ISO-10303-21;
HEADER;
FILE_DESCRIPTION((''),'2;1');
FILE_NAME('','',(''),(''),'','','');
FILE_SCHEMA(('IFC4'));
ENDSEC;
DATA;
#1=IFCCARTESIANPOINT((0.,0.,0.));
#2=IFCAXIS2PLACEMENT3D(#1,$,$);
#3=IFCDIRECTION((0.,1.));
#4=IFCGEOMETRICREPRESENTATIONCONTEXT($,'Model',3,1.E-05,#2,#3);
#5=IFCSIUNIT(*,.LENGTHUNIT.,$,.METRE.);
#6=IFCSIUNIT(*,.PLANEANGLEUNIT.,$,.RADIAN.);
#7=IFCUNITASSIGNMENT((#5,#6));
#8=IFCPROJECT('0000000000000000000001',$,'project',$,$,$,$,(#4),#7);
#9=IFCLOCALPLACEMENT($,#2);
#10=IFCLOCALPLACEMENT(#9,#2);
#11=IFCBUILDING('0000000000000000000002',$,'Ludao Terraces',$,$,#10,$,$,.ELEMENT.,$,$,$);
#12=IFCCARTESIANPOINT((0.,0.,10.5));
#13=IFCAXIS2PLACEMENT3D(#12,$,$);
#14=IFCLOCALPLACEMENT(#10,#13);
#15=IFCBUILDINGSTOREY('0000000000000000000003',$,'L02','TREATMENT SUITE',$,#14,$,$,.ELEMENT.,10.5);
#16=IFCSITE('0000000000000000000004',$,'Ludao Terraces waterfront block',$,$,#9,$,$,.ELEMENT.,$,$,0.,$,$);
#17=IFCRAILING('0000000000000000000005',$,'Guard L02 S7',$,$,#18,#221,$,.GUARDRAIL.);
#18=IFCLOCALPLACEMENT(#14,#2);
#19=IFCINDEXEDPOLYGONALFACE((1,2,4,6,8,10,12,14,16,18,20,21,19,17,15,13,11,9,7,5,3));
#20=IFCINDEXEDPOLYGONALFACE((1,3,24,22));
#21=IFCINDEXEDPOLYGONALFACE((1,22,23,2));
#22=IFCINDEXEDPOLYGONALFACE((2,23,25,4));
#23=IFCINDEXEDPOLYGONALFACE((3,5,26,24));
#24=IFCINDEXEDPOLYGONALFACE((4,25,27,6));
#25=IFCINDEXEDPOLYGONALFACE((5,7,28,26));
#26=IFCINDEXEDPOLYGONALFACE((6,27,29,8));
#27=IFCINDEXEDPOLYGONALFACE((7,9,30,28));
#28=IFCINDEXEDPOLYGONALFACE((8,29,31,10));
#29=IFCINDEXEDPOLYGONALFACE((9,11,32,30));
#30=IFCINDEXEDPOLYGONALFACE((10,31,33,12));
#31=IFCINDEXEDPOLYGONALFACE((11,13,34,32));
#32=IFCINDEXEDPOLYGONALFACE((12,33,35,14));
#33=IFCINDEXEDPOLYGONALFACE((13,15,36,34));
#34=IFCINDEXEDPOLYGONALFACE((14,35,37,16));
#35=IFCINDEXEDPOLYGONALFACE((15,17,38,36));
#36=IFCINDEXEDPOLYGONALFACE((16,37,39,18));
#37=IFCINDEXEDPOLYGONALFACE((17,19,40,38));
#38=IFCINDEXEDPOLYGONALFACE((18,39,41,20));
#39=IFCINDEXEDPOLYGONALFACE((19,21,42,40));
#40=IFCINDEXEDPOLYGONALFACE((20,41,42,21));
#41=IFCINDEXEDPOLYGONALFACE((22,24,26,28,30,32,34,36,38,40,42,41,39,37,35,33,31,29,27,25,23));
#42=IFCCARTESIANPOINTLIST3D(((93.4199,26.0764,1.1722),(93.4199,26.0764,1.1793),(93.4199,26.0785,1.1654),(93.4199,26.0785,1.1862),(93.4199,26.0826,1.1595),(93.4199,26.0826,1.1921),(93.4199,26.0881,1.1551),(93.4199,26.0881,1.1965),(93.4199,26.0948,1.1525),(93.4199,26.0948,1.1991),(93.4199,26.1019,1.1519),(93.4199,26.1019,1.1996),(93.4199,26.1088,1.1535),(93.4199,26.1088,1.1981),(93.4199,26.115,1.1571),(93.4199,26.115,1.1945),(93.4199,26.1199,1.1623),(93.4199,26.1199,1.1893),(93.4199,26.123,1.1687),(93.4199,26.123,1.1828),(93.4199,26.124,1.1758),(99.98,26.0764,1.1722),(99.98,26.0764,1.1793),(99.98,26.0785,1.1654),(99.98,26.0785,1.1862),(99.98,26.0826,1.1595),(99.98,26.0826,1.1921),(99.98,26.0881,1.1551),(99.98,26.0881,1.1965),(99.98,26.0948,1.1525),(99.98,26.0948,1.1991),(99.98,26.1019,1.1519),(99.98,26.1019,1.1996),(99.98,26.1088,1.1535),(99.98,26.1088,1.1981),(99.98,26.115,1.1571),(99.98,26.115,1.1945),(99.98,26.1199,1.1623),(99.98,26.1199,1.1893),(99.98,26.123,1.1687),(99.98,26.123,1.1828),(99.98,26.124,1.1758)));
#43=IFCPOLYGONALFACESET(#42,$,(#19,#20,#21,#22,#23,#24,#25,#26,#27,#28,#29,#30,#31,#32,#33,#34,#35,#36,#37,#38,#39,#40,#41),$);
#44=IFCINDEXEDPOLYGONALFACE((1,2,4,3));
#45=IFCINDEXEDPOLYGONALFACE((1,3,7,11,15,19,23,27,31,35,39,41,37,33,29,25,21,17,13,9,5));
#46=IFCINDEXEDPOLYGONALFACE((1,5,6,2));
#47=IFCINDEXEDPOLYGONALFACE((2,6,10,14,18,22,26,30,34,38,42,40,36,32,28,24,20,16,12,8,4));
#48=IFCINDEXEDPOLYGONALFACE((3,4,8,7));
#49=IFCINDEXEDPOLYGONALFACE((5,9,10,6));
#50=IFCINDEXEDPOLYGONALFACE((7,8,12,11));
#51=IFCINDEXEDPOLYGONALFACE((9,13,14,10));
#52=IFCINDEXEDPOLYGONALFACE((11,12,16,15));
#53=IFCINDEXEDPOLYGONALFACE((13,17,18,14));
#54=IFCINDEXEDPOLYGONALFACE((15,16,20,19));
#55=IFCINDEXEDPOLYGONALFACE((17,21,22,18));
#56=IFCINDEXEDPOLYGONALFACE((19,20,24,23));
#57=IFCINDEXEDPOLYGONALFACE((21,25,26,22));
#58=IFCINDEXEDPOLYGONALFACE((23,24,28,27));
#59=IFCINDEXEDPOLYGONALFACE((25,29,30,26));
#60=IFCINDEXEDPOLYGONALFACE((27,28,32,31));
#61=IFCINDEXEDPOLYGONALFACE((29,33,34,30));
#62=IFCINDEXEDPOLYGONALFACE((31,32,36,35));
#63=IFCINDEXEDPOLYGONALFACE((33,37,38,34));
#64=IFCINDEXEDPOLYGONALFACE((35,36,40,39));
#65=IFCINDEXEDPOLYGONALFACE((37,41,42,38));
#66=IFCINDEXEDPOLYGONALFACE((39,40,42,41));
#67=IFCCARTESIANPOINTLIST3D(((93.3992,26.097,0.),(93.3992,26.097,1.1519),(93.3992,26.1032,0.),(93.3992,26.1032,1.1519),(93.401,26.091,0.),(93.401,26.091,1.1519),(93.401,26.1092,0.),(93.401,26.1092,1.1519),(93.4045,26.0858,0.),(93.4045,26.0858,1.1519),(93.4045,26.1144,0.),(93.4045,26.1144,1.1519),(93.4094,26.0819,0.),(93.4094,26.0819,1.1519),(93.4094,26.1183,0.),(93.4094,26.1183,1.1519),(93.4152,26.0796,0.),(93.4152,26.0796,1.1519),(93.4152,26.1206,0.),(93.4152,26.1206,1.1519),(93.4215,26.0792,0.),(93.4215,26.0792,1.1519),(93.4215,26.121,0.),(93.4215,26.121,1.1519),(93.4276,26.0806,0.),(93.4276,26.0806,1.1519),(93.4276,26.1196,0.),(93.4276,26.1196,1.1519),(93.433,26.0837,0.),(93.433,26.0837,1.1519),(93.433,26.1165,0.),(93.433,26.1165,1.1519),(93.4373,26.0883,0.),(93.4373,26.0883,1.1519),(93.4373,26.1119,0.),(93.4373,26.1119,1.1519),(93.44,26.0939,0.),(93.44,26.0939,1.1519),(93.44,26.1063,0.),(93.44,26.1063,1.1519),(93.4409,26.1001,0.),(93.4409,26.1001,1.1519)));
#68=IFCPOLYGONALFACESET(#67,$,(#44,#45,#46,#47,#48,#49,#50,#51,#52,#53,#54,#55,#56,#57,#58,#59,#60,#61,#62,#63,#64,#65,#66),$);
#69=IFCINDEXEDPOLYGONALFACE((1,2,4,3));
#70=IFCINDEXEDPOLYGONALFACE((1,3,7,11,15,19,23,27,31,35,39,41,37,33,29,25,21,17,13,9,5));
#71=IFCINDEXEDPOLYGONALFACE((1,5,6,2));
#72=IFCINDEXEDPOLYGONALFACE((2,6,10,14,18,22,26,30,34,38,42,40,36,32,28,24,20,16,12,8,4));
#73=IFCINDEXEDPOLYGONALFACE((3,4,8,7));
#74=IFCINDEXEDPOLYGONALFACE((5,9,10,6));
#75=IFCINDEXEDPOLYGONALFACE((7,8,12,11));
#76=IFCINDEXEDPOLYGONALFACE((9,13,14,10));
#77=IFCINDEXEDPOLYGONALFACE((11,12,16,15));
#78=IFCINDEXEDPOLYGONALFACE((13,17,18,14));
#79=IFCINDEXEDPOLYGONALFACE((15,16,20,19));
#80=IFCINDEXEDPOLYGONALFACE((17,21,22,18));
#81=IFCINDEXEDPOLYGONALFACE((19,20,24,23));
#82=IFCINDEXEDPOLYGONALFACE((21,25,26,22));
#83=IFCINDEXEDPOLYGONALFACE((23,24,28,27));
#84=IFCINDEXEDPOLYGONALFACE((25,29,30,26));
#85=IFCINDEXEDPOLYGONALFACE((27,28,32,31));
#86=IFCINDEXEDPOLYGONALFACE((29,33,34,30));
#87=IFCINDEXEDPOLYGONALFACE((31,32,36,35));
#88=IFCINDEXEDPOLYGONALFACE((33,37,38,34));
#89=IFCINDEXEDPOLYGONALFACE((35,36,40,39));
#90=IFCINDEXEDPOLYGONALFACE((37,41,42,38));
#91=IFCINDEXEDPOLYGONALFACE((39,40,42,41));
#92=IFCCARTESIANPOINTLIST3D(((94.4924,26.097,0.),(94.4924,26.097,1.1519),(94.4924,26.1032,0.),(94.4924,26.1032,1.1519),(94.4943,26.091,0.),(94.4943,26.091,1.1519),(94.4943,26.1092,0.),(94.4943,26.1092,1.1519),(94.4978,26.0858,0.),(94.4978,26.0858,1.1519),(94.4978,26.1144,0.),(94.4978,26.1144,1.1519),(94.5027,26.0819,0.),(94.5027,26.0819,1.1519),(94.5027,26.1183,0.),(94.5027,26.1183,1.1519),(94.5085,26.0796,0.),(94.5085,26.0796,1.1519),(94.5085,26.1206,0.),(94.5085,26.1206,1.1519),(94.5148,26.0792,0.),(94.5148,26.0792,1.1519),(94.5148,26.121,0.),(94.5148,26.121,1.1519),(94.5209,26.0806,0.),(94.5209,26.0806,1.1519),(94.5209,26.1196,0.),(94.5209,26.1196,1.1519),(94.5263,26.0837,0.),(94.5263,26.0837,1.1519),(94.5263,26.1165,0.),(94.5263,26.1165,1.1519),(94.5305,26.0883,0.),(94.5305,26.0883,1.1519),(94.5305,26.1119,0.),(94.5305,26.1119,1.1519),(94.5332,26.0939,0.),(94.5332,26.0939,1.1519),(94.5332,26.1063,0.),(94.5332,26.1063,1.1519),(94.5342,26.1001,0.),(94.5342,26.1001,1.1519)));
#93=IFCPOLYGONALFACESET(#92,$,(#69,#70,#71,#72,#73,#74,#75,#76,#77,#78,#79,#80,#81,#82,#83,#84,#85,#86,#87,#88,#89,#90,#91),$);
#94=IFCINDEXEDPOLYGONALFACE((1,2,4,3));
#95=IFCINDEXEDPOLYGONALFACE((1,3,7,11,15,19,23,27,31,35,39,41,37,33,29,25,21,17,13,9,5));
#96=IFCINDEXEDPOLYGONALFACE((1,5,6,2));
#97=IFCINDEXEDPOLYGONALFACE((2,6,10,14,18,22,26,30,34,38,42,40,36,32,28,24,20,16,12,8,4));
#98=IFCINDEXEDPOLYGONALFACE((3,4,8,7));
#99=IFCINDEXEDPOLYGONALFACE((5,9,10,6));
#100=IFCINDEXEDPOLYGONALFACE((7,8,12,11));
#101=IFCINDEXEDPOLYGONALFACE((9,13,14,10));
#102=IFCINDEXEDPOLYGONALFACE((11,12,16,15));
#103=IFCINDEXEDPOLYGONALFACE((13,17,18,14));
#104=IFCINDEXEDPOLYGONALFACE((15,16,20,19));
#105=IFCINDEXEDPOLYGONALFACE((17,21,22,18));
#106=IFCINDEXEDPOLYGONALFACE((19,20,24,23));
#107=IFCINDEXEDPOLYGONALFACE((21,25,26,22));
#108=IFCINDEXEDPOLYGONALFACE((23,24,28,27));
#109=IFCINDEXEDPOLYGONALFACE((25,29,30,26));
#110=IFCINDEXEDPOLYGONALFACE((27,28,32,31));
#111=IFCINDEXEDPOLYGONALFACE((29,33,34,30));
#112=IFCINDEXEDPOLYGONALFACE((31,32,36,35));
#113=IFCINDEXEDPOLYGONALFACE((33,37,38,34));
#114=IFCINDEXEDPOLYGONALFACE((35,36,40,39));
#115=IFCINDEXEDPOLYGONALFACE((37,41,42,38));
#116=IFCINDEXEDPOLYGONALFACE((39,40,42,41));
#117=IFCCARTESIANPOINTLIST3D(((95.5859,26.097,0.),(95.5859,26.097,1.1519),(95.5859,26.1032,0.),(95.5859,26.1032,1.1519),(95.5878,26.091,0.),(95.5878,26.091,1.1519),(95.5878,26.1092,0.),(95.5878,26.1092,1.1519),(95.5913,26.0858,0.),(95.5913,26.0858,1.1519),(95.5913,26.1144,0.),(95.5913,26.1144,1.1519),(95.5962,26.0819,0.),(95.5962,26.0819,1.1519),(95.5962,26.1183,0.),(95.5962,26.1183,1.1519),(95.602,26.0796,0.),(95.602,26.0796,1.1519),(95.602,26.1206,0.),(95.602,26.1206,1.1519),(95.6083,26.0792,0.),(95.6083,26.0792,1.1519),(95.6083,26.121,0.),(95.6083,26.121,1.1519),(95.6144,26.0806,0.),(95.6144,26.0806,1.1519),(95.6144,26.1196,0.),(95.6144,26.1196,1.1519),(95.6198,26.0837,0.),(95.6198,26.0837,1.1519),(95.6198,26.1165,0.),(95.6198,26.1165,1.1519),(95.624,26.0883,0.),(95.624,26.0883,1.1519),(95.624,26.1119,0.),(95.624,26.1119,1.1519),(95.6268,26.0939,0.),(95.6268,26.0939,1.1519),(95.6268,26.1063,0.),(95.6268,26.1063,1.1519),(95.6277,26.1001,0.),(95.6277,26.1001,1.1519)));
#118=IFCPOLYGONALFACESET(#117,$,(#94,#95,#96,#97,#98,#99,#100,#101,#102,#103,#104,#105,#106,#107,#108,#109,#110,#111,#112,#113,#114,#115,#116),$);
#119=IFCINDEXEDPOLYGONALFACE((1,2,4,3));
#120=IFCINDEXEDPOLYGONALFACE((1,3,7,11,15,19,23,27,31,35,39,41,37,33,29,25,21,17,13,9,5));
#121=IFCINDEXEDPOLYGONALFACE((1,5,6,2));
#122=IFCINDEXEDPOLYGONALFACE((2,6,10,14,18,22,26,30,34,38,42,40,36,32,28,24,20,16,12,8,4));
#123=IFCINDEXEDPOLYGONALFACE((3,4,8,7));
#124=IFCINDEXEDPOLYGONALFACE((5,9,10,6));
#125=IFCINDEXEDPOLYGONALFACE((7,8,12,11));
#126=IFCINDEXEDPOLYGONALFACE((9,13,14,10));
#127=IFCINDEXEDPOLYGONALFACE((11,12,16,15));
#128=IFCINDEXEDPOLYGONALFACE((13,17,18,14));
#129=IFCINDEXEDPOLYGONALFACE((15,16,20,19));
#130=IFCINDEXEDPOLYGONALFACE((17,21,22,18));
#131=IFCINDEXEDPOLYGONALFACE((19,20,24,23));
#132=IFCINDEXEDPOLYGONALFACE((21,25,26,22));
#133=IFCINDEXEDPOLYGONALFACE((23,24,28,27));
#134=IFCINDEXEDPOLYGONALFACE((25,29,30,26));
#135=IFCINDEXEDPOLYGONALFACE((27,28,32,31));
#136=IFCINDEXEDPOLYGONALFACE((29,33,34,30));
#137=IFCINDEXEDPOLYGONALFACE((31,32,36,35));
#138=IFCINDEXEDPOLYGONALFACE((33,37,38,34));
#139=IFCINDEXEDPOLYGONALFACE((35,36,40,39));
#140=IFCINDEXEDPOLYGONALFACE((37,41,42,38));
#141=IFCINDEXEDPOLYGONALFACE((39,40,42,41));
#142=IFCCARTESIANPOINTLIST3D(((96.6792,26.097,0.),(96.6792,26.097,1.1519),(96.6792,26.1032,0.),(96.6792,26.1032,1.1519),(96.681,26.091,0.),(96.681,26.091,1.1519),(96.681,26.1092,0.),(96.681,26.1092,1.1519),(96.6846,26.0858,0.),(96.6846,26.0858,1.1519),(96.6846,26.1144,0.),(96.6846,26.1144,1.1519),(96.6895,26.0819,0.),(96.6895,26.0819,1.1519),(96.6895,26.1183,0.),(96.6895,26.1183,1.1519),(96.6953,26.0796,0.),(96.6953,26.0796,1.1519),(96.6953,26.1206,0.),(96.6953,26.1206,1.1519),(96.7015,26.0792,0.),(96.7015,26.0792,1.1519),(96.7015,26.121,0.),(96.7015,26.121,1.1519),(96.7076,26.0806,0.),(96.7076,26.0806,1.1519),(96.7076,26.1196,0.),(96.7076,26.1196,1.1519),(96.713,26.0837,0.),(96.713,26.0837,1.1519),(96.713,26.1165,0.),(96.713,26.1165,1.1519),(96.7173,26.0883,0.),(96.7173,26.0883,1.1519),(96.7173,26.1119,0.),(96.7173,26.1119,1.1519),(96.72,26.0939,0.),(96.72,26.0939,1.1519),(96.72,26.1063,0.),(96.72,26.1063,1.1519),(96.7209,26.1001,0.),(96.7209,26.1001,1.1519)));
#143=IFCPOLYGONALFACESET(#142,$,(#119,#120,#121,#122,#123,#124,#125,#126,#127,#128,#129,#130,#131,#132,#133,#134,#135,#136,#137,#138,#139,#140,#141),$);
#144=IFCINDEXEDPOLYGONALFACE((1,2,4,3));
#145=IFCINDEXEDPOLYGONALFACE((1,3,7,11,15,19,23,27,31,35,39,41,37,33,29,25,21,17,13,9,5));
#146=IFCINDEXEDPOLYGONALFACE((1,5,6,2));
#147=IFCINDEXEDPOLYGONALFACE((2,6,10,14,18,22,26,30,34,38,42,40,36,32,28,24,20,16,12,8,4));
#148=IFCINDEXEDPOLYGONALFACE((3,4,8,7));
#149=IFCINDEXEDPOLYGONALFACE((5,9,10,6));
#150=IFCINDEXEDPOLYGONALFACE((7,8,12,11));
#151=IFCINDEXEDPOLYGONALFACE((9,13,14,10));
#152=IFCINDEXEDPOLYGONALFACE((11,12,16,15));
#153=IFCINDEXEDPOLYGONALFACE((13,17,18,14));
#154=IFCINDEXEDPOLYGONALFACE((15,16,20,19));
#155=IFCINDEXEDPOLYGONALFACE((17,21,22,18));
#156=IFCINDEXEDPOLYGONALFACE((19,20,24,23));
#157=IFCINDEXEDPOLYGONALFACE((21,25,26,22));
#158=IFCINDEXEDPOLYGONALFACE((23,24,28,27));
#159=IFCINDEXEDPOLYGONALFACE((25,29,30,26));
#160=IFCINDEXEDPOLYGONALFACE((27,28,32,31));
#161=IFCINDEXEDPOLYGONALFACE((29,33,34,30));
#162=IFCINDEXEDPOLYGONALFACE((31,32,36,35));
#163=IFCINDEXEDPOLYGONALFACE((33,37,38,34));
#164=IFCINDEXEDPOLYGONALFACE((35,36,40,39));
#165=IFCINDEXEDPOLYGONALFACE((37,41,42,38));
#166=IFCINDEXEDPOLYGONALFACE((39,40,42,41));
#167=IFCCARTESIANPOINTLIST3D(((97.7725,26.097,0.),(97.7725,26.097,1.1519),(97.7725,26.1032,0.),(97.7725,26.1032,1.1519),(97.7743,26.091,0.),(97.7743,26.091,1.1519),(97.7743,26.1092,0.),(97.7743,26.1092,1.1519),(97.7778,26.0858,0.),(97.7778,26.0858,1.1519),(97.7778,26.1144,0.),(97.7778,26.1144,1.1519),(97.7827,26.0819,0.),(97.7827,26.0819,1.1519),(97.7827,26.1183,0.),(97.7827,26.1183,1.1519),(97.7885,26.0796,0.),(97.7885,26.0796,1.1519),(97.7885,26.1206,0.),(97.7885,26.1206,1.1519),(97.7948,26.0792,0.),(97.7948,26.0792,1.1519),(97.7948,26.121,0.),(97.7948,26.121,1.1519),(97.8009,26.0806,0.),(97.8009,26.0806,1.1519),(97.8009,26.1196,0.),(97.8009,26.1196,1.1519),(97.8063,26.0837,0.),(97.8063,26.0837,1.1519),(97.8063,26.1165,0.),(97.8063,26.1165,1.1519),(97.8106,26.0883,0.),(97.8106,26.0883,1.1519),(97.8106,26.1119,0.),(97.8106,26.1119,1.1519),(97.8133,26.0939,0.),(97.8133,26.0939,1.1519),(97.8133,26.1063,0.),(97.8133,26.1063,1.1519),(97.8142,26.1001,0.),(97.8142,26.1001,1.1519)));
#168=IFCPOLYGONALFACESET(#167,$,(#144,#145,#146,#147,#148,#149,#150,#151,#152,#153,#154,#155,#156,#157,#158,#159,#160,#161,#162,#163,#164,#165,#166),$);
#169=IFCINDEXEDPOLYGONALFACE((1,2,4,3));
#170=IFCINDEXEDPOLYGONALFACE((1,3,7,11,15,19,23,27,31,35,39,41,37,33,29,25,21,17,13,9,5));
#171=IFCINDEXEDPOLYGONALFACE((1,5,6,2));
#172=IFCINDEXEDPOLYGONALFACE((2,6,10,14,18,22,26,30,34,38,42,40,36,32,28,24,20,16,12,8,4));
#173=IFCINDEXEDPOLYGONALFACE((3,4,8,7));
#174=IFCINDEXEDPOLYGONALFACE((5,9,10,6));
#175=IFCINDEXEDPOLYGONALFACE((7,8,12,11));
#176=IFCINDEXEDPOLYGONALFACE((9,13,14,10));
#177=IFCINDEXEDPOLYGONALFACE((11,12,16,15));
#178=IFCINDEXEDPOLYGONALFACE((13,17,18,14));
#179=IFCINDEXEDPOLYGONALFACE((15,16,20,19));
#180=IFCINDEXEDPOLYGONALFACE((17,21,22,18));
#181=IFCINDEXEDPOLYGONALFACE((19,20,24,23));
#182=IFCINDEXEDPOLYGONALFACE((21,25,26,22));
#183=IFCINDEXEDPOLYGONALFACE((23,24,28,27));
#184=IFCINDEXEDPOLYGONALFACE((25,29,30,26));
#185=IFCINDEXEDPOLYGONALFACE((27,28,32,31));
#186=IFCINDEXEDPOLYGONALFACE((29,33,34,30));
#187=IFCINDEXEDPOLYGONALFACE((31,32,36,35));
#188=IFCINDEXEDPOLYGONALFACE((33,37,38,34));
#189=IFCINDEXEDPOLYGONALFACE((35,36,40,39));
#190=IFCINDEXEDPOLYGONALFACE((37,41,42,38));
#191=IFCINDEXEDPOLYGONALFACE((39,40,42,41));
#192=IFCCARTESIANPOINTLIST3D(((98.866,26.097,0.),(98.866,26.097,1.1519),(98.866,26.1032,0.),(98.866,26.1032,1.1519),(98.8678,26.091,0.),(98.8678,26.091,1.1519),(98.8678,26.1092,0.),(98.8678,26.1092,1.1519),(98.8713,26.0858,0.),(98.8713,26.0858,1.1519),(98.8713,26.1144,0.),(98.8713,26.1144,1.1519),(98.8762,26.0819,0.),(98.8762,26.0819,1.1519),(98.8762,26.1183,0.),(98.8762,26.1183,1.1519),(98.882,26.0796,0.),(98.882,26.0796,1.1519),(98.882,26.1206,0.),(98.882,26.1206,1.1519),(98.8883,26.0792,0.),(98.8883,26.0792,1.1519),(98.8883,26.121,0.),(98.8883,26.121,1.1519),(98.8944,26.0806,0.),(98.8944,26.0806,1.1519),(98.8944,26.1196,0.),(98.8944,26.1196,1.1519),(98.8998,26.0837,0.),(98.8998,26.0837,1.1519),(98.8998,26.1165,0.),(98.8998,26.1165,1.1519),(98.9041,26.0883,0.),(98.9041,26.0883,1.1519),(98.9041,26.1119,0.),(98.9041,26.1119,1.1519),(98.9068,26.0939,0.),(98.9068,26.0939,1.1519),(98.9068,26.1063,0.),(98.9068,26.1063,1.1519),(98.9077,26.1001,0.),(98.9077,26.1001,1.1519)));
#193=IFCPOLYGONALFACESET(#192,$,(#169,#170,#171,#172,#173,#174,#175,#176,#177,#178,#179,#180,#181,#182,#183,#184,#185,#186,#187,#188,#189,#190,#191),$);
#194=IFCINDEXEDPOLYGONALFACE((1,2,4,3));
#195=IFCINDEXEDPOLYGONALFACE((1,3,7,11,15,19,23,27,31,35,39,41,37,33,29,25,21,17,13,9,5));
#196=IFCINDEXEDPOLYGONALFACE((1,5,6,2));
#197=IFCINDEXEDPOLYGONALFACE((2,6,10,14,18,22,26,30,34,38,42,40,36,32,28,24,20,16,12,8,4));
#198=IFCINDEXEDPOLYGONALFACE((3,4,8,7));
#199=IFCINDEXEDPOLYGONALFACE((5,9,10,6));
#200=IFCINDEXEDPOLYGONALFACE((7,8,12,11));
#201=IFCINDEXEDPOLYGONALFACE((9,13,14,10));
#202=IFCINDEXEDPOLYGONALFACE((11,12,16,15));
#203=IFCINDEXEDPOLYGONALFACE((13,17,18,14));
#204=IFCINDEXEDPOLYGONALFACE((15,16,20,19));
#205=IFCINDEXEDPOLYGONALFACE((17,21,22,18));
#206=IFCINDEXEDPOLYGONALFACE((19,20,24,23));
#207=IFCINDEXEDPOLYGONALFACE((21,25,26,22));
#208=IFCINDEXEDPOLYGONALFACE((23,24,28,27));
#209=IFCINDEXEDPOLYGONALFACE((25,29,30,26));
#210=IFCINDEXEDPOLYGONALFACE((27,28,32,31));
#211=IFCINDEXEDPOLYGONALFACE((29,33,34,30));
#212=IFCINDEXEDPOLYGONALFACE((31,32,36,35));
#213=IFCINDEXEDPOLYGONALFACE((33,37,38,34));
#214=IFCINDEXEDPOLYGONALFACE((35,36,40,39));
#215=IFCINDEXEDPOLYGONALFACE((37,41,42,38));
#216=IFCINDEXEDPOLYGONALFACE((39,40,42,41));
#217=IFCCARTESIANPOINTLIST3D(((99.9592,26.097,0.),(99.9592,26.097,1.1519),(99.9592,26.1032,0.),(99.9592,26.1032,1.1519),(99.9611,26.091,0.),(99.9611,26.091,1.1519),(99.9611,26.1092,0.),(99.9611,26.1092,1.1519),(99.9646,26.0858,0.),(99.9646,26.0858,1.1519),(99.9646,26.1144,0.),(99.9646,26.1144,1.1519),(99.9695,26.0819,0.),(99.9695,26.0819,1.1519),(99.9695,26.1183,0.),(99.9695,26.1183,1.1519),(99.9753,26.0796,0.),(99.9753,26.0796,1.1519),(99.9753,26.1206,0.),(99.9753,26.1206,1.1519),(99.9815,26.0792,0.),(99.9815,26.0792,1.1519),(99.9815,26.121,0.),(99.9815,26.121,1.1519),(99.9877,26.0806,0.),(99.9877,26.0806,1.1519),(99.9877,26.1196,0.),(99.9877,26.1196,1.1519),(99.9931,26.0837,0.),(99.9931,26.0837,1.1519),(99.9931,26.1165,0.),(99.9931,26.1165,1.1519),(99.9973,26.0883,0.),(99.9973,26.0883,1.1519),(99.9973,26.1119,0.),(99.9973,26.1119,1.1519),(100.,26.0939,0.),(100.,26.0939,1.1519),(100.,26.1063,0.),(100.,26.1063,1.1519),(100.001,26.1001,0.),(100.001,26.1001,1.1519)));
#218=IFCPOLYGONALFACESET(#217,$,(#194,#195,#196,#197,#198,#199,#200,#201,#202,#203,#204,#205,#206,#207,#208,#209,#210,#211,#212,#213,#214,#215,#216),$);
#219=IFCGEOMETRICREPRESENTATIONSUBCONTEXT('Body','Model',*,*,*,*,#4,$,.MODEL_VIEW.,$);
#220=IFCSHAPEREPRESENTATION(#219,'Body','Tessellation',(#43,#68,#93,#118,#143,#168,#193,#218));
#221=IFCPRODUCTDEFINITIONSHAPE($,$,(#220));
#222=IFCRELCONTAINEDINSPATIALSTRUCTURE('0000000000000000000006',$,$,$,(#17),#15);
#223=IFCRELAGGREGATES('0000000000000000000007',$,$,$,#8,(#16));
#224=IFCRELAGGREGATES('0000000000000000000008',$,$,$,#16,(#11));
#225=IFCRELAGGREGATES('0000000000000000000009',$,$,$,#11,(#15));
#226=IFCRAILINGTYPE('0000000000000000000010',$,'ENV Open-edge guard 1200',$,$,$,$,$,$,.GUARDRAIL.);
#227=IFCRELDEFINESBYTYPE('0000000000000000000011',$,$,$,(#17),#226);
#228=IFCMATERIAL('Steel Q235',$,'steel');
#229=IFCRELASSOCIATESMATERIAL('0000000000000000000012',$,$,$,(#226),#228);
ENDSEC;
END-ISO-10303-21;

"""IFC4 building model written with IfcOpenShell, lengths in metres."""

from ifc_helpers import new_model, si_unit, direction, frame, origin, origin_2d, place, context, subcontext, project, spatial, circle, extrude, material, type_object, element, save


model = new_model("IFC4")

# Units and contexts
model_context = context("Model", 3, precision=1e-05, world=origin(), true_north=direction((0.0, 1.0)))
body_context = subcontext(model_context, "Body", "Model", "MODEL_VIEW")
ifc_project = project(units=[si_unit("LENGTHUNIT", "METRE"), si_unit("PLANEANGLEUNIT", "RADIAN")], contexts=[model_context])

# Site, building, storey
site_placement = place(None, origin())
site = spatial("IfcSite", under=ifc_project, at=site_placement, Name="Ludao Terraces waterfront block", CompositionType="ELEMENT", RefElevation=0.0)
building_placement = place(site_placement, origin())
building = spatial("IfcBuilding", under=site, at=building_placement, Name="Ludao Terraces", CompositionType="ELEMENT")
storey_placement = place(building_placement, frame((0.0, 0.0, 10.5)))
storey = spatial("IfcBuildingStorey", under=building, at=storey_placement, Name="L02", Description="TREATMENT SUITE", CompositionType="ELEMENT", Elevation=10.5)

# Shared definitions
ifc_material_1 = material(Name="Steel Q235", Category="steel")

# Railing
railing_type = type_object("IfcRailingType", Name="ENV Open-edge guard 1200", PredefinedType="GUARDRAIL", material=ifc_material_1)
railing_1_placement = place(storey_placement, frame((93.4199, 26.1001, 0.0)))
element("IfcRailing", 1, at=railing_1_placement, inside=storey, type_object=railing_type, Name="Guard L02 S7", PredefinedType="GUARDRAIL", context=body_context, shape_type="SweptSolid", body=[
    extrude(circle(Radius=0.0239, at=origin_2d()), frame((0.0, 0.0, 1.1758), z_axis=(1.0, 0.0, 0.0), x_axis=(0.0, 1.0, 0.0)), (0.0, 0.0, 1.0), 6.5601),
    extrude(circle(Radius=0.021, at=origin_2d()), origin(), (0.0, 0.0, 1.0), 1.1519),
    extrude(circle(Radius=0.021, at=origin_2d()), frame((1.0933, 0.0, 0.0)), (0.0, 0.0, 1.0), 1.1519),
    extrude(circle(Radius=0.021, at=origin_2d()), frame((2.1868, 0.0, 0.0)), (0.0, 0.0, 1.0), 1.1519),
    extrude(circle(Radius=0.021, at=origin_2d()), frame((3.28, 0.0, 0.0)), (0.0, 0.0, 1.0), 1.1519),
    extrude(circle(Radius=0.021, at=origin_2d()), frame((4.3733, 0.0, 0.0)), (0.0, 0.0, 1.0), 1.1519),
    extrude(circle(Radius=0.021, at=origin_2d()), frame((5.4668, 0.0, 0.0)), (0.0, 0.0, 1.0), 1.1519),
    extrude(circle(Radius=0.021, at=origin_2d()), frame((6.5601, 0.0, 0.0)), (0.0, 0.0, 1.0), 1.1519),
])

save(model, "model.ifc")
